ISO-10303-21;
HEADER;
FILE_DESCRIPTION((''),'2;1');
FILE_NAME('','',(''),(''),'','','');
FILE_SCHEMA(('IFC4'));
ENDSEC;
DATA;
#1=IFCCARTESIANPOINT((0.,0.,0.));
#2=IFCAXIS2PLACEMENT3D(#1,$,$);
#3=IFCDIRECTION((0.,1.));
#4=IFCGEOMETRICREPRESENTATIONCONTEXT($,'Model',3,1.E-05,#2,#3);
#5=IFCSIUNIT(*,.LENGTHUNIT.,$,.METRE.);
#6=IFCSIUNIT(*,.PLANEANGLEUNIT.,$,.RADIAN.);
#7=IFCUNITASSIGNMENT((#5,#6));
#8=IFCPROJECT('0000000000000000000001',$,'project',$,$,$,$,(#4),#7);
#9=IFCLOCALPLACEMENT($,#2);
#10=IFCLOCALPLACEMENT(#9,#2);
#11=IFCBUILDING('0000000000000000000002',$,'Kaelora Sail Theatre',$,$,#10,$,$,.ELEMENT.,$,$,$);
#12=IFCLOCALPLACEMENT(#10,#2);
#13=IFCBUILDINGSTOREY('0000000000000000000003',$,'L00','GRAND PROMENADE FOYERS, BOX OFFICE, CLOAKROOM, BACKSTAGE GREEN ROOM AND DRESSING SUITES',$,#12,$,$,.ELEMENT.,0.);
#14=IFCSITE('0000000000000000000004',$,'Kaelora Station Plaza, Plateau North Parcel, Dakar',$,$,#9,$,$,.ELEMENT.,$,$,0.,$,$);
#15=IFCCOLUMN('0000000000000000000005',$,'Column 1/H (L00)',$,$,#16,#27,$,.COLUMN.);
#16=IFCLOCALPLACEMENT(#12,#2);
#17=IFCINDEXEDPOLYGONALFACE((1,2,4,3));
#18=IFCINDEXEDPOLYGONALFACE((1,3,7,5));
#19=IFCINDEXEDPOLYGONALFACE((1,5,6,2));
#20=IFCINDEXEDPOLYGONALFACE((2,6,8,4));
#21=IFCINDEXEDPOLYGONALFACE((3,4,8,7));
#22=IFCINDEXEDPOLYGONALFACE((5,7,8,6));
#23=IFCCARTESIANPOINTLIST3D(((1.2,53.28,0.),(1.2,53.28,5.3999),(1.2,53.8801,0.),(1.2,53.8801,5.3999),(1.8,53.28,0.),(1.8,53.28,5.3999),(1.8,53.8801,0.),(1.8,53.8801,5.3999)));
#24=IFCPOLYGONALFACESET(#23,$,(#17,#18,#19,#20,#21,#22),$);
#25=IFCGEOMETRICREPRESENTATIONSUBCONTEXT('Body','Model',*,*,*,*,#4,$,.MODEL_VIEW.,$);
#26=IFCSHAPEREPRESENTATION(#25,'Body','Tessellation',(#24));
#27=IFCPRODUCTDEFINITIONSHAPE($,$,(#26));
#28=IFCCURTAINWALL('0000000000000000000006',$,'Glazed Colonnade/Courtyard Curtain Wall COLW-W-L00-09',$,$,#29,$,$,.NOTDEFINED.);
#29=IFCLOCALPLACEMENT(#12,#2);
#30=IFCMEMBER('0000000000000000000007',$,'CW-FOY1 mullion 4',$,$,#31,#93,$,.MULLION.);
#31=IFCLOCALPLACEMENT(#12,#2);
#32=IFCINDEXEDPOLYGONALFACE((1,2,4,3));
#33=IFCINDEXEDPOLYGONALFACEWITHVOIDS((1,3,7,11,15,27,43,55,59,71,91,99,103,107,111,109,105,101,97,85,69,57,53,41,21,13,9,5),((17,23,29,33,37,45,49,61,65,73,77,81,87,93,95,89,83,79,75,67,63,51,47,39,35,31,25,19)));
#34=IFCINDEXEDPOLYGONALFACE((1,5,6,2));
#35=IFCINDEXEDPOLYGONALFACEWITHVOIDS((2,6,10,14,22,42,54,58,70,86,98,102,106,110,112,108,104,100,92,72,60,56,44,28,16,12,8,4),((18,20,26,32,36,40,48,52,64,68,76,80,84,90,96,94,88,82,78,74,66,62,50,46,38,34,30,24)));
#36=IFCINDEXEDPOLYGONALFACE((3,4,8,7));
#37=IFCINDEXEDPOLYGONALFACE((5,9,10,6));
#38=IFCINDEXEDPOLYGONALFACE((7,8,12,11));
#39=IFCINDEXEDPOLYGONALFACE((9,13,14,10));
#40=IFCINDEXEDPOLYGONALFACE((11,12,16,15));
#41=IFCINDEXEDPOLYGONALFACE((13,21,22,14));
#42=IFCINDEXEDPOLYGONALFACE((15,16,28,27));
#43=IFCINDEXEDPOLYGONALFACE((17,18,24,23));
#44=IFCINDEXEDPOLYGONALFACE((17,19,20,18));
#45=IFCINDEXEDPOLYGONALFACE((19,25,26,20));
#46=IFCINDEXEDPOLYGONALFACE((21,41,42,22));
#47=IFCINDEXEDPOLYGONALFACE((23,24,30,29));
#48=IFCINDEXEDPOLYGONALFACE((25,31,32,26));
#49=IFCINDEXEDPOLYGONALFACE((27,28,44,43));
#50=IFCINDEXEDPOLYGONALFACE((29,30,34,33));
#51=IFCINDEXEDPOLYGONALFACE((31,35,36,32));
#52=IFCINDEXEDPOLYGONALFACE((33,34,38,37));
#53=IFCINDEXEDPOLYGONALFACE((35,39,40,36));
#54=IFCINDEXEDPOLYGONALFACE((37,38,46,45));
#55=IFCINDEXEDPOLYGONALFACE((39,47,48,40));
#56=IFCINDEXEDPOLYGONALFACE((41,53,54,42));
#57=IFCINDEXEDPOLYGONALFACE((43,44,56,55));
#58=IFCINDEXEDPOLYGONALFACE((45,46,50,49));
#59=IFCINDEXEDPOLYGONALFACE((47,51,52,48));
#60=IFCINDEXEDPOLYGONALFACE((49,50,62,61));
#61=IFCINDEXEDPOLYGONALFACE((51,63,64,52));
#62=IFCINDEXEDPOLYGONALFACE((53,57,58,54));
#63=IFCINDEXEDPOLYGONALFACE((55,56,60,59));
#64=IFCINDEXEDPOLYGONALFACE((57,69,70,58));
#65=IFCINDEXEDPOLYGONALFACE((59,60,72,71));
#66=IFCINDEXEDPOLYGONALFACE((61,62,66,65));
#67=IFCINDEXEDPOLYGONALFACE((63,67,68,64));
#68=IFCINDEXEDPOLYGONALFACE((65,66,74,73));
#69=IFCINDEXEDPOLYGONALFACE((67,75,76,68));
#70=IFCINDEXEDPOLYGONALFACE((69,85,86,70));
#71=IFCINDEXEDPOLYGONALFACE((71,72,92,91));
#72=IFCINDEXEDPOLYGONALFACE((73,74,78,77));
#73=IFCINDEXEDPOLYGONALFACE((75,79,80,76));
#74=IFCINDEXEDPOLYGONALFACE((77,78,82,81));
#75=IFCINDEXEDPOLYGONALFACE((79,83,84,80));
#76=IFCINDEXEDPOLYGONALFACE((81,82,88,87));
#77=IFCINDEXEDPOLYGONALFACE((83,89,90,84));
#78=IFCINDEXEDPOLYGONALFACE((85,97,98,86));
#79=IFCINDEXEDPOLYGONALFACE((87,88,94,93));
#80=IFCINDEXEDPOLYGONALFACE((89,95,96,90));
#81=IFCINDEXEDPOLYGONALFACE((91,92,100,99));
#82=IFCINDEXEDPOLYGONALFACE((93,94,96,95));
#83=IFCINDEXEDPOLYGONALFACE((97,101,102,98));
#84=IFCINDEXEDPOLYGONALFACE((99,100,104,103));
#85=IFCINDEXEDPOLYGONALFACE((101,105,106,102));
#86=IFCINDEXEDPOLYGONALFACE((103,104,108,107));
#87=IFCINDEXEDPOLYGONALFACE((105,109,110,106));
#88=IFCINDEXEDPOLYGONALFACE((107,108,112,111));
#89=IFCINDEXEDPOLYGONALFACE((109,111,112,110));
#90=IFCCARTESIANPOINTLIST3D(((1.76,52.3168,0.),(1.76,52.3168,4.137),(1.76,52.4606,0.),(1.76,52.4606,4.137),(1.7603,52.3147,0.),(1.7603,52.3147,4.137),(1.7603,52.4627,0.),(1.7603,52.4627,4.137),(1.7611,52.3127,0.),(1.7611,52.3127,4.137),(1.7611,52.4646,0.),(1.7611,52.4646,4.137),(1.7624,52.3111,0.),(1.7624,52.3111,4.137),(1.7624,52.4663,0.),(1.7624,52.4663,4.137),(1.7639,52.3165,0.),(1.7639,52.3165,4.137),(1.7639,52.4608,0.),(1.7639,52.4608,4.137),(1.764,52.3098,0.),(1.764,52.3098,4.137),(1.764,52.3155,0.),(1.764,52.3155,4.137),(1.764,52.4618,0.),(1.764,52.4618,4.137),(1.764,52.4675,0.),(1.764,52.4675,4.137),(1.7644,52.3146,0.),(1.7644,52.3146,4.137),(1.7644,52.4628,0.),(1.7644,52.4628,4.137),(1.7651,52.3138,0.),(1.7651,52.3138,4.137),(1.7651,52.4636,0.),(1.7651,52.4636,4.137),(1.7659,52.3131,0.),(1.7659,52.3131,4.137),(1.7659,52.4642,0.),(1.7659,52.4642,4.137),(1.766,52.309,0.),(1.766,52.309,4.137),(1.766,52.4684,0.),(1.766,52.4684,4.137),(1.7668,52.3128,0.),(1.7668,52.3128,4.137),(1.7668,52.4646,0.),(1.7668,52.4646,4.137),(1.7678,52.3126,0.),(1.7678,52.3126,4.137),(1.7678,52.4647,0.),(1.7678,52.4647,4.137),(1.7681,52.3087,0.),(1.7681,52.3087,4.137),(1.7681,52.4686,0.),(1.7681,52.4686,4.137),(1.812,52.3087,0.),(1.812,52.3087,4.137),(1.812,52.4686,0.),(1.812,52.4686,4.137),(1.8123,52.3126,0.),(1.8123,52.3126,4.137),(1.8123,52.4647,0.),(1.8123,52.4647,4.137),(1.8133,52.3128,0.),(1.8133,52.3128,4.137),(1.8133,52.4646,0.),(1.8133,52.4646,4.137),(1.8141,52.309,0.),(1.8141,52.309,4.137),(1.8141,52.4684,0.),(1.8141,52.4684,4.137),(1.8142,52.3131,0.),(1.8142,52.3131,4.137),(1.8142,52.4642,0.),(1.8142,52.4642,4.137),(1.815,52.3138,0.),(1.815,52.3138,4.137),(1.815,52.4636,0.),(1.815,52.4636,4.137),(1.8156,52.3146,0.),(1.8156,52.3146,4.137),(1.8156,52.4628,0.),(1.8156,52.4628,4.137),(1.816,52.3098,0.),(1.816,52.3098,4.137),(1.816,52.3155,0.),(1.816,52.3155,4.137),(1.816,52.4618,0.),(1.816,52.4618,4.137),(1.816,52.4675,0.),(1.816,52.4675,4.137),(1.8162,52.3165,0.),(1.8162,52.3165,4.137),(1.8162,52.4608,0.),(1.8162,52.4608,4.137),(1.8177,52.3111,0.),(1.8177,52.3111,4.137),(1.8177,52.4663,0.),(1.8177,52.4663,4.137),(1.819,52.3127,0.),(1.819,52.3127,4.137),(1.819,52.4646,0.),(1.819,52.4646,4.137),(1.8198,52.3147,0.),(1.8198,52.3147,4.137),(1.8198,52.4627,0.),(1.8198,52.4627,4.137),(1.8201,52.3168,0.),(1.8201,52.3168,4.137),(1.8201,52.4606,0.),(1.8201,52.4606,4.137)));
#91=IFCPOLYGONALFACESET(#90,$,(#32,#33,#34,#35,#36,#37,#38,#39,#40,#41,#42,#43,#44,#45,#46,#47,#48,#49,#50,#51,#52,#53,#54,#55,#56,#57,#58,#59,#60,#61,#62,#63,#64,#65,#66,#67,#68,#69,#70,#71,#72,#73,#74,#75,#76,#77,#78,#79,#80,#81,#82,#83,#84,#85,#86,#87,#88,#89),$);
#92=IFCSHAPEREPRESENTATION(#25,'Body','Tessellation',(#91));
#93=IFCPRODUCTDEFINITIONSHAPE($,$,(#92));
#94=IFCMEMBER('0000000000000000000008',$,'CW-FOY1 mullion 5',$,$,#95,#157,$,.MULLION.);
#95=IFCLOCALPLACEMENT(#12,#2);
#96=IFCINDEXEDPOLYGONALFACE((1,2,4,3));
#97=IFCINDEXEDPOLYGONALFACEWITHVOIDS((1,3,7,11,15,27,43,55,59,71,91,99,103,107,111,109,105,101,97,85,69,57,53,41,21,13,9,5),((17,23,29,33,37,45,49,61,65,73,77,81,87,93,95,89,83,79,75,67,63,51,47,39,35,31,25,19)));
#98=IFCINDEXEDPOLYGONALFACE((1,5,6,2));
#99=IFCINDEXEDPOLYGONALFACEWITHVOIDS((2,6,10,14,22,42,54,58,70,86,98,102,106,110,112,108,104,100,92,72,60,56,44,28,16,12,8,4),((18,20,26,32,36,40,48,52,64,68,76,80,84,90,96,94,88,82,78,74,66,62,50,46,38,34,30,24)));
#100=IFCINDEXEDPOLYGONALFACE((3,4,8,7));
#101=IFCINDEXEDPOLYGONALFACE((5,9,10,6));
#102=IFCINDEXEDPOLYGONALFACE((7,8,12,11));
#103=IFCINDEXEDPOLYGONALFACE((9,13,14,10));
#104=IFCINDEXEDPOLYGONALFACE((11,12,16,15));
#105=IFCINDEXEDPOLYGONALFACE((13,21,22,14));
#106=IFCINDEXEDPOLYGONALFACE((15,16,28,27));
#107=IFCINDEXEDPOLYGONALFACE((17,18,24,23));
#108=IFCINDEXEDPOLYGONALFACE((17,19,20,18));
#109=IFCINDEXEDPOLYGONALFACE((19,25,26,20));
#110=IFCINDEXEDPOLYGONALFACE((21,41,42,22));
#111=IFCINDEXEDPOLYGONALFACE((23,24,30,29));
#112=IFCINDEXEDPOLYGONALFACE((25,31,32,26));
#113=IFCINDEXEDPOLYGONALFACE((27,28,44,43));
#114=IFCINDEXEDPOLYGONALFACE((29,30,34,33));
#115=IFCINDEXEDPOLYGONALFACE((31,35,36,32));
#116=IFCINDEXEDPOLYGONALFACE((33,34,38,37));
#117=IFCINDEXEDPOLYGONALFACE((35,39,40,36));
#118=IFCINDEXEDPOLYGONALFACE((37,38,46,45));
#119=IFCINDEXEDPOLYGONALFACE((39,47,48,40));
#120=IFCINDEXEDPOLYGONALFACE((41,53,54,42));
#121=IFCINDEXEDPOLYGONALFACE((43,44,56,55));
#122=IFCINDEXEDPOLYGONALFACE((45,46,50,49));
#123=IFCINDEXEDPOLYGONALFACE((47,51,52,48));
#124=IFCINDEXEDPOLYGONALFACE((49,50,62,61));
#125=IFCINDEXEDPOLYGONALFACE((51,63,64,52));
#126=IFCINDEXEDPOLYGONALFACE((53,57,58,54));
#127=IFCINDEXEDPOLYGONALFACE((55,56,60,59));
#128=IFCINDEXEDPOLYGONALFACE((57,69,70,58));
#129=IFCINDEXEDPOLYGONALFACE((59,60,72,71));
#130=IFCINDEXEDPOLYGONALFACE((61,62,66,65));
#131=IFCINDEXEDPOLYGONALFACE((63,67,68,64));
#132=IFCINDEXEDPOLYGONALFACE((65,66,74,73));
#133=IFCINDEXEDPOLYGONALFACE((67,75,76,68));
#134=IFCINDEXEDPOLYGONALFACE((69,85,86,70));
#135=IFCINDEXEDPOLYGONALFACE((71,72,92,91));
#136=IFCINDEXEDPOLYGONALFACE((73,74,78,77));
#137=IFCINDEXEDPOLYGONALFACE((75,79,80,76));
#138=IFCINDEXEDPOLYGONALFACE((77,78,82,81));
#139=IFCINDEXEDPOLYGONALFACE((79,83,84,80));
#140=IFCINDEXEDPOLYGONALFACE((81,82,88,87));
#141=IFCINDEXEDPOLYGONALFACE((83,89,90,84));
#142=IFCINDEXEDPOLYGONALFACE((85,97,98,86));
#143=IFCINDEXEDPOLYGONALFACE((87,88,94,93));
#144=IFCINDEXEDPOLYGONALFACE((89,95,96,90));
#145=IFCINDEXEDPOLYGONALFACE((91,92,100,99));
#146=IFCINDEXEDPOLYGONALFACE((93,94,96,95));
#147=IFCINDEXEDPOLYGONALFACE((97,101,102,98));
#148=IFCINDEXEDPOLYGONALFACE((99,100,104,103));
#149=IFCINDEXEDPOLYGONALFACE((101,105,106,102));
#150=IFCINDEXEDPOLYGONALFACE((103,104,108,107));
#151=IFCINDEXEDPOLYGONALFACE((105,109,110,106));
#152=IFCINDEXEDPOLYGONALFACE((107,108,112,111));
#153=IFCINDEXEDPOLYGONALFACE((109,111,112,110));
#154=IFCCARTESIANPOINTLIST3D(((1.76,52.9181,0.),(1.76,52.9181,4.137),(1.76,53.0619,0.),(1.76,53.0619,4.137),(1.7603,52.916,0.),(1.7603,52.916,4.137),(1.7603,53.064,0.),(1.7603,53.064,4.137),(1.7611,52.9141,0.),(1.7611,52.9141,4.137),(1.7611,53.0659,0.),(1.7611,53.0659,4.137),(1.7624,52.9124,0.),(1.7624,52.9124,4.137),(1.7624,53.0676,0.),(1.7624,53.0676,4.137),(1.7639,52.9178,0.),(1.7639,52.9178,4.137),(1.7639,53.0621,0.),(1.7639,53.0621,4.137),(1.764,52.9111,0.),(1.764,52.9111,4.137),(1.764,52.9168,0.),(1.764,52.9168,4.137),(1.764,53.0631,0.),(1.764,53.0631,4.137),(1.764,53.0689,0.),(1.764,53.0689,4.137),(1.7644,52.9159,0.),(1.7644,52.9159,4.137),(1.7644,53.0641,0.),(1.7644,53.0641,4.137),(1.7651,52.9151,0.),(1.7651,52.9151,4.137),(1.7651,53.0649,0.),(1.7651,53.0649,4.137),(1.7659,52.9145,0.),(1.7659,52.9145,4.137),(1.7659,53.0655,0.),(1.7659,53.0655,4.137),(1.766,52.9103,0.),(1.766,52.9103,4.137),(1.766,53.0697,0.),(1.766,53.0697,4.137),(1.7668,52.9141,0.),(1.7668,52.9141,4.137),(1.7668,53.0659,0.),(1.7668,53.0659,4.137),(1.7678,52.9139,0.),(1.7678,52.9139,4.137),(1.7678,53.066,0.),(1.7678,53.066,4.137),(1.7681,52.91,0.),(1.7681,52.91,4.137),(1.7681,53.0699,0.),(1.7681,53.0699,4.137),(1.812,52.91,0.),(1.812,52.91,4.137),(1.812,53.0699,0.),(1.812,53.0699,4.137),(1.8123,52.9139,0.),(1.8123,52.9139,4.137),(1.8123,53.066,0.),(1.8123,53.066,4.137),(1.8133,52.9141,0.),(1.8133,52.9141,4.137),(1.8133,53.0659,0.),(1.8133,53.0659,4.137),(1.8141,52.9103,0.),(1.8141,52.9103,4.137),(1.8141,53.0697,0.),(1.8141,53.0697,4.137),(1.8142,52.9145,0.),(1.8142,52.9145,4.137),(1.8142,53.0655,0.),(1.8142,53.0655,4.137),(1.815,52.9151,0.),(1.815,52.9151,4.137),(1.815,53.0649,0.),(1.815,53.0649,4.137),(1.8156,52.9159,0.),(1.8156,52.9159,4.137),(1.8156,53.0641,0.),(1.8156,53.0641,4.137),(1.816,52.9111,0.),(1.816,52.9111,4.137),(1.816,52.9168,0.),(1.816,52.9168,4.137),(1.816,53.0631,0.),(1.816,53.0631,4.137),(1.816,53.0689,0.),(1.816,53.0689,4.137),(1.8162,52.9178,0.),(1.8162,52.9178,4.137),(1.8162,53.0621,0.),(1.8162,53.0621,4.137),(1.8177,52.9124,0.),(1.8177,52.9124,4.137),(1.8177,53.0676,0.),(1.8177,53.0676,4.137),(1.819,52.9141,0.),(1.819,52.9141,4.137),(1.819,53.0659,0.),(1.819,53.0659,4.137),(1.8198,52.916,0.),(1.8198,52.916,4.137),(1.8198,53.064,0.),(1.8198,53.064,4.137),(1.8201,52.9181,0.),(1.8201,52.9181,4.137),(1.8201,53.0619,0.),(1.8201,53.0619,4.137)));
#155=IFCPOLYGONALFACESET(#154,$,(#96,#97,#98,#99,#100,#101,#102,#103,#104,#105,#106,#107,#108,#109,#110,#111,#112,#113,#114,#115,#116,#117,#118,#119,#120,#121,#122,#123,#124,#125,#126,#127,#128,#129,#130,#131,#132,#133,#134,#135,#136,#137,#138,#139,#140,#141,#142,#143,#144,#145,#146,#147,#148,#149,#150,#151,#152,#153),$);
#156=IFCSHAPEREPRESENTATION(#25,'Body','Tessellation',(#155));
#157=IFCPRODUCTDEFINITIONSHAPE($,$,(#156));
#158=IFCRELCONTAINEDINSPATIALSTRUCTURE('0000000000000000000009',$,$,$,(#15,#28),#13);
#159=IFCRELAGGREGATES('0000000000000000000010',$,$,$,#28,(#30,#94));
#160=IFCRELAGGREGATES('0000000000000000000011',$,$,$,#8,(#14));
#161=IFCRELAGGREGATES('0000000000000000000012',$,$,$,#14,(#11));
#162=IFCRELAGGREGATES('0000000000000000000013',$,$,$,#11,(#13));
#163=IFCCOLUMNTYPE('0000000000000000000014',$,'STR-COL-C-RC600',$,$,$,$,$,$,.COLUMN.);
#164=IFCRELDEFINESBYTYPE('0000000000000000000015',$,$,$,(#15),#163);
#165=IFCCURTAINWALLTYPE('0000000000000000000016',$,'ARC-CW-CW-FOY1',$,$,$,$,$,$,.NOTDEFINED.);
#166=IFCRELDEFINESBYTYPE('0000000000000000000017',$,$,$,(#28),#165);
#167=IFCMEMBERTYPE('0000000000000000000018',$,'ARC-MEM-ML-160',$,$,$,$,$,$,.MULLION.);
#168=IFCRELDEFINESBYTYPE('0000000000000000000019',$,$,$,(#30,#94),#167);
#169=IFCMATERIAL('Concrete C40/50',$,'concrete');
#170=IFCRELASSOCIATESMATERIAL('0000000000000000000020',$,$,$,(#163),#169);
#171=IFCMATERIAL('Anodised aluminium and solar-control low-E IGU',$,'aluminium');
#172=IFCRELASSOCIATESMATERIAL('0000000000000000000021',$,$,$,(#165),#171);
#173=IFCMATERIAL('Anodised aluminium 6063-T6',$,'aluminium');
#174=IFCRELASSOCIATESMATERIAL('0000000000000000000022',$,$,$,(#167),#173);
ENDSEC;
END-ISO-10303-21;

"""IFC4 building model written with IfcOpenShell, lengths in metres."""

from ifc_helpers import new_model, si_unit, direction, frame, origin, origin_2d, place, context, subcontext, project, spatial, rectangle, hollow_rectangle, extrude, material, material_profile, profile_set, type_object, element, aggregate, save


model = new_model("IFC4")

# Units and contexts
model_context = context("Model", 3, precision=1e-05, world=origin(), true_north=direction((0.0, 1.0)))
body_context = subcontext(model_context, "Body", "Model", "MODEL_VIEW")
ifc_project = project(units=[si_unit("LENGTHUNIT", "METRE"), si_unit("PLANEANGLEUNIT", "RADIAN")], contexts=[model_context])

# Site, building, storey
site_placement = place(None, origin())
site = spatial("IfcSite", under=ifc_project, at=site_placement, Name="Kaelora Station Plaza, Plateau North Parcel, Dakar", CompositionType="ELEMENT", RefElevation=0.0)
building_placement = place(site_placement, origin())
building = spatial("IfcBuilding", under=site, at=building_placement, Name="Kaelora Sail Theatre", CompositionType="ELEMENT")
storey_placement = place(building_placement, origin())
storey = spatial("IfcBuildingStorey", under=building, at=storey_placement, Name="L00", Description="GRAND PROMENADE FOYERS, BOX OFFICE, CLOAKROOM, BACKSTAGE GREEN ROOM AND DRESSING SUITES", CompositionType="ELEMENT", Elevation=0.0)

# Column
ifc_material_1 = material(Name="Concrete C40/50", Category="concrete")
ifc_material_profile_1 = material_profile(ifc_material_1, rectangle(XDim=0.6001, YDim=0.6001, at=origin_2d()), Name="RC-COL 600x600")
ifc_profile_set_1 = profile_set([ifc_material_profile_1], Name="Concrete C40/50")
column_type = type_object("IfcColumnType", Name="STR-COL-C-RC600", PredefinedType="COLUMN", material=ifc_profile_set_1)
column_placement = place(storey_placement, frame((1.5, 53.5801, 0.0), z_axis=(0.0, 0.0, 1.0), x_axis=(1.0, 0.0, 0.0)))
element("IfcColumn", 1, at=column_placement, inside=storey, type_object=column_type, Name="Column 1/H (L00)", PredefinedType="COLUMN", context=body_context, shape_type="SweptSolid", body=[
    extrude(rectangle(XDim=0.6001, YDim=0.6001, at=origin_2d()), origin(), (0.0, 0.0, 1.0), 5.3999),
])

# Curtain wall, members
ifc_material_2 = material(Name="Anodised aluminium and solar-control low-E IGU", Category="aluminium")
curtain_wall_type = type_object("IfcCurtainWallType", Name="ARC-CW-CW-FOY1", PredefinedType="NOTDEFINED", material=ifc_material_2)
curtain_wall_1_placement = place(storey_placement, origin())
curtain_wall_1 = element("IfcCurtainWall", 2, at=curtain_wall_1_placement, inside=storey, type_object=curtain_wall_type, Name="Glazed Colonnade/Courtyard Curtain Wall COLW-W-L00-09", PredefinedType="NOTDEFINED")
ifc_material_3 = material(Name="Anodised aluminium 6063-T6", Category="aluminium")
ifc_material_profile_2 = material_profile(ifc_material_3, hollow_rectangle(XDim=0.0601, YDim=0.1599, WallThickness=0.0039, InnerFilletRadius=0.0039, OuterFilletRadius=0.0081, at=origin_2d()), Name="ALU-MULL 60x160x4")
ifc_profile_set_2 = profile_set([ifc_material_profile_2], Name="Anodised aluminium 6063-T6")
member_type_1 = type_object("IfcMemberType", Name="ARC-MEM-ML-160", PredefinedType="MULLION", material=ifc_profile_set_2)
member_1_placement = place(storey_placement, frame((1.79, 52.3887, 0.0), z_axis=(0.0, 0.0, 1.0), x_axis=(-1.0, 0.0, 0.0)))
member_1 = element("IfcMember", 3, at=member_1_placement, type_object=member_type_1, Name="CW-FOY1 mullion 4", PredefinedType="MULLION", context=body_context, shape_type="SweptSolid", body=[
    extrude(hollow_rectangle(XDim=0.0601, YDim=0.1599, WallThickness=0.0039, InnerFilletRadius=0.0039, OuterFilletRadius=0.0081, at=origin_2d()), origin(), (0.0, 0.0, 1.0), 4.137),
])
member_2_placement = place(storey_placement, frame((1.79, 52.99, 0.0), z_axis=(0.0, 0.0, 1.0), x_axis=(-1.0, 0.0, 0.0)))
member_2 = element("IfcMember", 4, at=member_2_placement, type_object=member_type_1, Name="CW-FOY1 mullion 5", PredefinedType="MULLION", context=body_context, shape_type="SweptSolid", body=[
    extrude(hollow_rectangle(XDim=0.0601, YDim=0.1599, WallThickness=0.0039, InnerFilletRadius=0.0039, OuterFilletRadius=0.0081, at=origin_2d()), origin(), (0.0, 0.0, 1.0), 4.137),
])

aggregate(curtain_wall_1, [member_1, member_2])

save(model, "model.ifc")
